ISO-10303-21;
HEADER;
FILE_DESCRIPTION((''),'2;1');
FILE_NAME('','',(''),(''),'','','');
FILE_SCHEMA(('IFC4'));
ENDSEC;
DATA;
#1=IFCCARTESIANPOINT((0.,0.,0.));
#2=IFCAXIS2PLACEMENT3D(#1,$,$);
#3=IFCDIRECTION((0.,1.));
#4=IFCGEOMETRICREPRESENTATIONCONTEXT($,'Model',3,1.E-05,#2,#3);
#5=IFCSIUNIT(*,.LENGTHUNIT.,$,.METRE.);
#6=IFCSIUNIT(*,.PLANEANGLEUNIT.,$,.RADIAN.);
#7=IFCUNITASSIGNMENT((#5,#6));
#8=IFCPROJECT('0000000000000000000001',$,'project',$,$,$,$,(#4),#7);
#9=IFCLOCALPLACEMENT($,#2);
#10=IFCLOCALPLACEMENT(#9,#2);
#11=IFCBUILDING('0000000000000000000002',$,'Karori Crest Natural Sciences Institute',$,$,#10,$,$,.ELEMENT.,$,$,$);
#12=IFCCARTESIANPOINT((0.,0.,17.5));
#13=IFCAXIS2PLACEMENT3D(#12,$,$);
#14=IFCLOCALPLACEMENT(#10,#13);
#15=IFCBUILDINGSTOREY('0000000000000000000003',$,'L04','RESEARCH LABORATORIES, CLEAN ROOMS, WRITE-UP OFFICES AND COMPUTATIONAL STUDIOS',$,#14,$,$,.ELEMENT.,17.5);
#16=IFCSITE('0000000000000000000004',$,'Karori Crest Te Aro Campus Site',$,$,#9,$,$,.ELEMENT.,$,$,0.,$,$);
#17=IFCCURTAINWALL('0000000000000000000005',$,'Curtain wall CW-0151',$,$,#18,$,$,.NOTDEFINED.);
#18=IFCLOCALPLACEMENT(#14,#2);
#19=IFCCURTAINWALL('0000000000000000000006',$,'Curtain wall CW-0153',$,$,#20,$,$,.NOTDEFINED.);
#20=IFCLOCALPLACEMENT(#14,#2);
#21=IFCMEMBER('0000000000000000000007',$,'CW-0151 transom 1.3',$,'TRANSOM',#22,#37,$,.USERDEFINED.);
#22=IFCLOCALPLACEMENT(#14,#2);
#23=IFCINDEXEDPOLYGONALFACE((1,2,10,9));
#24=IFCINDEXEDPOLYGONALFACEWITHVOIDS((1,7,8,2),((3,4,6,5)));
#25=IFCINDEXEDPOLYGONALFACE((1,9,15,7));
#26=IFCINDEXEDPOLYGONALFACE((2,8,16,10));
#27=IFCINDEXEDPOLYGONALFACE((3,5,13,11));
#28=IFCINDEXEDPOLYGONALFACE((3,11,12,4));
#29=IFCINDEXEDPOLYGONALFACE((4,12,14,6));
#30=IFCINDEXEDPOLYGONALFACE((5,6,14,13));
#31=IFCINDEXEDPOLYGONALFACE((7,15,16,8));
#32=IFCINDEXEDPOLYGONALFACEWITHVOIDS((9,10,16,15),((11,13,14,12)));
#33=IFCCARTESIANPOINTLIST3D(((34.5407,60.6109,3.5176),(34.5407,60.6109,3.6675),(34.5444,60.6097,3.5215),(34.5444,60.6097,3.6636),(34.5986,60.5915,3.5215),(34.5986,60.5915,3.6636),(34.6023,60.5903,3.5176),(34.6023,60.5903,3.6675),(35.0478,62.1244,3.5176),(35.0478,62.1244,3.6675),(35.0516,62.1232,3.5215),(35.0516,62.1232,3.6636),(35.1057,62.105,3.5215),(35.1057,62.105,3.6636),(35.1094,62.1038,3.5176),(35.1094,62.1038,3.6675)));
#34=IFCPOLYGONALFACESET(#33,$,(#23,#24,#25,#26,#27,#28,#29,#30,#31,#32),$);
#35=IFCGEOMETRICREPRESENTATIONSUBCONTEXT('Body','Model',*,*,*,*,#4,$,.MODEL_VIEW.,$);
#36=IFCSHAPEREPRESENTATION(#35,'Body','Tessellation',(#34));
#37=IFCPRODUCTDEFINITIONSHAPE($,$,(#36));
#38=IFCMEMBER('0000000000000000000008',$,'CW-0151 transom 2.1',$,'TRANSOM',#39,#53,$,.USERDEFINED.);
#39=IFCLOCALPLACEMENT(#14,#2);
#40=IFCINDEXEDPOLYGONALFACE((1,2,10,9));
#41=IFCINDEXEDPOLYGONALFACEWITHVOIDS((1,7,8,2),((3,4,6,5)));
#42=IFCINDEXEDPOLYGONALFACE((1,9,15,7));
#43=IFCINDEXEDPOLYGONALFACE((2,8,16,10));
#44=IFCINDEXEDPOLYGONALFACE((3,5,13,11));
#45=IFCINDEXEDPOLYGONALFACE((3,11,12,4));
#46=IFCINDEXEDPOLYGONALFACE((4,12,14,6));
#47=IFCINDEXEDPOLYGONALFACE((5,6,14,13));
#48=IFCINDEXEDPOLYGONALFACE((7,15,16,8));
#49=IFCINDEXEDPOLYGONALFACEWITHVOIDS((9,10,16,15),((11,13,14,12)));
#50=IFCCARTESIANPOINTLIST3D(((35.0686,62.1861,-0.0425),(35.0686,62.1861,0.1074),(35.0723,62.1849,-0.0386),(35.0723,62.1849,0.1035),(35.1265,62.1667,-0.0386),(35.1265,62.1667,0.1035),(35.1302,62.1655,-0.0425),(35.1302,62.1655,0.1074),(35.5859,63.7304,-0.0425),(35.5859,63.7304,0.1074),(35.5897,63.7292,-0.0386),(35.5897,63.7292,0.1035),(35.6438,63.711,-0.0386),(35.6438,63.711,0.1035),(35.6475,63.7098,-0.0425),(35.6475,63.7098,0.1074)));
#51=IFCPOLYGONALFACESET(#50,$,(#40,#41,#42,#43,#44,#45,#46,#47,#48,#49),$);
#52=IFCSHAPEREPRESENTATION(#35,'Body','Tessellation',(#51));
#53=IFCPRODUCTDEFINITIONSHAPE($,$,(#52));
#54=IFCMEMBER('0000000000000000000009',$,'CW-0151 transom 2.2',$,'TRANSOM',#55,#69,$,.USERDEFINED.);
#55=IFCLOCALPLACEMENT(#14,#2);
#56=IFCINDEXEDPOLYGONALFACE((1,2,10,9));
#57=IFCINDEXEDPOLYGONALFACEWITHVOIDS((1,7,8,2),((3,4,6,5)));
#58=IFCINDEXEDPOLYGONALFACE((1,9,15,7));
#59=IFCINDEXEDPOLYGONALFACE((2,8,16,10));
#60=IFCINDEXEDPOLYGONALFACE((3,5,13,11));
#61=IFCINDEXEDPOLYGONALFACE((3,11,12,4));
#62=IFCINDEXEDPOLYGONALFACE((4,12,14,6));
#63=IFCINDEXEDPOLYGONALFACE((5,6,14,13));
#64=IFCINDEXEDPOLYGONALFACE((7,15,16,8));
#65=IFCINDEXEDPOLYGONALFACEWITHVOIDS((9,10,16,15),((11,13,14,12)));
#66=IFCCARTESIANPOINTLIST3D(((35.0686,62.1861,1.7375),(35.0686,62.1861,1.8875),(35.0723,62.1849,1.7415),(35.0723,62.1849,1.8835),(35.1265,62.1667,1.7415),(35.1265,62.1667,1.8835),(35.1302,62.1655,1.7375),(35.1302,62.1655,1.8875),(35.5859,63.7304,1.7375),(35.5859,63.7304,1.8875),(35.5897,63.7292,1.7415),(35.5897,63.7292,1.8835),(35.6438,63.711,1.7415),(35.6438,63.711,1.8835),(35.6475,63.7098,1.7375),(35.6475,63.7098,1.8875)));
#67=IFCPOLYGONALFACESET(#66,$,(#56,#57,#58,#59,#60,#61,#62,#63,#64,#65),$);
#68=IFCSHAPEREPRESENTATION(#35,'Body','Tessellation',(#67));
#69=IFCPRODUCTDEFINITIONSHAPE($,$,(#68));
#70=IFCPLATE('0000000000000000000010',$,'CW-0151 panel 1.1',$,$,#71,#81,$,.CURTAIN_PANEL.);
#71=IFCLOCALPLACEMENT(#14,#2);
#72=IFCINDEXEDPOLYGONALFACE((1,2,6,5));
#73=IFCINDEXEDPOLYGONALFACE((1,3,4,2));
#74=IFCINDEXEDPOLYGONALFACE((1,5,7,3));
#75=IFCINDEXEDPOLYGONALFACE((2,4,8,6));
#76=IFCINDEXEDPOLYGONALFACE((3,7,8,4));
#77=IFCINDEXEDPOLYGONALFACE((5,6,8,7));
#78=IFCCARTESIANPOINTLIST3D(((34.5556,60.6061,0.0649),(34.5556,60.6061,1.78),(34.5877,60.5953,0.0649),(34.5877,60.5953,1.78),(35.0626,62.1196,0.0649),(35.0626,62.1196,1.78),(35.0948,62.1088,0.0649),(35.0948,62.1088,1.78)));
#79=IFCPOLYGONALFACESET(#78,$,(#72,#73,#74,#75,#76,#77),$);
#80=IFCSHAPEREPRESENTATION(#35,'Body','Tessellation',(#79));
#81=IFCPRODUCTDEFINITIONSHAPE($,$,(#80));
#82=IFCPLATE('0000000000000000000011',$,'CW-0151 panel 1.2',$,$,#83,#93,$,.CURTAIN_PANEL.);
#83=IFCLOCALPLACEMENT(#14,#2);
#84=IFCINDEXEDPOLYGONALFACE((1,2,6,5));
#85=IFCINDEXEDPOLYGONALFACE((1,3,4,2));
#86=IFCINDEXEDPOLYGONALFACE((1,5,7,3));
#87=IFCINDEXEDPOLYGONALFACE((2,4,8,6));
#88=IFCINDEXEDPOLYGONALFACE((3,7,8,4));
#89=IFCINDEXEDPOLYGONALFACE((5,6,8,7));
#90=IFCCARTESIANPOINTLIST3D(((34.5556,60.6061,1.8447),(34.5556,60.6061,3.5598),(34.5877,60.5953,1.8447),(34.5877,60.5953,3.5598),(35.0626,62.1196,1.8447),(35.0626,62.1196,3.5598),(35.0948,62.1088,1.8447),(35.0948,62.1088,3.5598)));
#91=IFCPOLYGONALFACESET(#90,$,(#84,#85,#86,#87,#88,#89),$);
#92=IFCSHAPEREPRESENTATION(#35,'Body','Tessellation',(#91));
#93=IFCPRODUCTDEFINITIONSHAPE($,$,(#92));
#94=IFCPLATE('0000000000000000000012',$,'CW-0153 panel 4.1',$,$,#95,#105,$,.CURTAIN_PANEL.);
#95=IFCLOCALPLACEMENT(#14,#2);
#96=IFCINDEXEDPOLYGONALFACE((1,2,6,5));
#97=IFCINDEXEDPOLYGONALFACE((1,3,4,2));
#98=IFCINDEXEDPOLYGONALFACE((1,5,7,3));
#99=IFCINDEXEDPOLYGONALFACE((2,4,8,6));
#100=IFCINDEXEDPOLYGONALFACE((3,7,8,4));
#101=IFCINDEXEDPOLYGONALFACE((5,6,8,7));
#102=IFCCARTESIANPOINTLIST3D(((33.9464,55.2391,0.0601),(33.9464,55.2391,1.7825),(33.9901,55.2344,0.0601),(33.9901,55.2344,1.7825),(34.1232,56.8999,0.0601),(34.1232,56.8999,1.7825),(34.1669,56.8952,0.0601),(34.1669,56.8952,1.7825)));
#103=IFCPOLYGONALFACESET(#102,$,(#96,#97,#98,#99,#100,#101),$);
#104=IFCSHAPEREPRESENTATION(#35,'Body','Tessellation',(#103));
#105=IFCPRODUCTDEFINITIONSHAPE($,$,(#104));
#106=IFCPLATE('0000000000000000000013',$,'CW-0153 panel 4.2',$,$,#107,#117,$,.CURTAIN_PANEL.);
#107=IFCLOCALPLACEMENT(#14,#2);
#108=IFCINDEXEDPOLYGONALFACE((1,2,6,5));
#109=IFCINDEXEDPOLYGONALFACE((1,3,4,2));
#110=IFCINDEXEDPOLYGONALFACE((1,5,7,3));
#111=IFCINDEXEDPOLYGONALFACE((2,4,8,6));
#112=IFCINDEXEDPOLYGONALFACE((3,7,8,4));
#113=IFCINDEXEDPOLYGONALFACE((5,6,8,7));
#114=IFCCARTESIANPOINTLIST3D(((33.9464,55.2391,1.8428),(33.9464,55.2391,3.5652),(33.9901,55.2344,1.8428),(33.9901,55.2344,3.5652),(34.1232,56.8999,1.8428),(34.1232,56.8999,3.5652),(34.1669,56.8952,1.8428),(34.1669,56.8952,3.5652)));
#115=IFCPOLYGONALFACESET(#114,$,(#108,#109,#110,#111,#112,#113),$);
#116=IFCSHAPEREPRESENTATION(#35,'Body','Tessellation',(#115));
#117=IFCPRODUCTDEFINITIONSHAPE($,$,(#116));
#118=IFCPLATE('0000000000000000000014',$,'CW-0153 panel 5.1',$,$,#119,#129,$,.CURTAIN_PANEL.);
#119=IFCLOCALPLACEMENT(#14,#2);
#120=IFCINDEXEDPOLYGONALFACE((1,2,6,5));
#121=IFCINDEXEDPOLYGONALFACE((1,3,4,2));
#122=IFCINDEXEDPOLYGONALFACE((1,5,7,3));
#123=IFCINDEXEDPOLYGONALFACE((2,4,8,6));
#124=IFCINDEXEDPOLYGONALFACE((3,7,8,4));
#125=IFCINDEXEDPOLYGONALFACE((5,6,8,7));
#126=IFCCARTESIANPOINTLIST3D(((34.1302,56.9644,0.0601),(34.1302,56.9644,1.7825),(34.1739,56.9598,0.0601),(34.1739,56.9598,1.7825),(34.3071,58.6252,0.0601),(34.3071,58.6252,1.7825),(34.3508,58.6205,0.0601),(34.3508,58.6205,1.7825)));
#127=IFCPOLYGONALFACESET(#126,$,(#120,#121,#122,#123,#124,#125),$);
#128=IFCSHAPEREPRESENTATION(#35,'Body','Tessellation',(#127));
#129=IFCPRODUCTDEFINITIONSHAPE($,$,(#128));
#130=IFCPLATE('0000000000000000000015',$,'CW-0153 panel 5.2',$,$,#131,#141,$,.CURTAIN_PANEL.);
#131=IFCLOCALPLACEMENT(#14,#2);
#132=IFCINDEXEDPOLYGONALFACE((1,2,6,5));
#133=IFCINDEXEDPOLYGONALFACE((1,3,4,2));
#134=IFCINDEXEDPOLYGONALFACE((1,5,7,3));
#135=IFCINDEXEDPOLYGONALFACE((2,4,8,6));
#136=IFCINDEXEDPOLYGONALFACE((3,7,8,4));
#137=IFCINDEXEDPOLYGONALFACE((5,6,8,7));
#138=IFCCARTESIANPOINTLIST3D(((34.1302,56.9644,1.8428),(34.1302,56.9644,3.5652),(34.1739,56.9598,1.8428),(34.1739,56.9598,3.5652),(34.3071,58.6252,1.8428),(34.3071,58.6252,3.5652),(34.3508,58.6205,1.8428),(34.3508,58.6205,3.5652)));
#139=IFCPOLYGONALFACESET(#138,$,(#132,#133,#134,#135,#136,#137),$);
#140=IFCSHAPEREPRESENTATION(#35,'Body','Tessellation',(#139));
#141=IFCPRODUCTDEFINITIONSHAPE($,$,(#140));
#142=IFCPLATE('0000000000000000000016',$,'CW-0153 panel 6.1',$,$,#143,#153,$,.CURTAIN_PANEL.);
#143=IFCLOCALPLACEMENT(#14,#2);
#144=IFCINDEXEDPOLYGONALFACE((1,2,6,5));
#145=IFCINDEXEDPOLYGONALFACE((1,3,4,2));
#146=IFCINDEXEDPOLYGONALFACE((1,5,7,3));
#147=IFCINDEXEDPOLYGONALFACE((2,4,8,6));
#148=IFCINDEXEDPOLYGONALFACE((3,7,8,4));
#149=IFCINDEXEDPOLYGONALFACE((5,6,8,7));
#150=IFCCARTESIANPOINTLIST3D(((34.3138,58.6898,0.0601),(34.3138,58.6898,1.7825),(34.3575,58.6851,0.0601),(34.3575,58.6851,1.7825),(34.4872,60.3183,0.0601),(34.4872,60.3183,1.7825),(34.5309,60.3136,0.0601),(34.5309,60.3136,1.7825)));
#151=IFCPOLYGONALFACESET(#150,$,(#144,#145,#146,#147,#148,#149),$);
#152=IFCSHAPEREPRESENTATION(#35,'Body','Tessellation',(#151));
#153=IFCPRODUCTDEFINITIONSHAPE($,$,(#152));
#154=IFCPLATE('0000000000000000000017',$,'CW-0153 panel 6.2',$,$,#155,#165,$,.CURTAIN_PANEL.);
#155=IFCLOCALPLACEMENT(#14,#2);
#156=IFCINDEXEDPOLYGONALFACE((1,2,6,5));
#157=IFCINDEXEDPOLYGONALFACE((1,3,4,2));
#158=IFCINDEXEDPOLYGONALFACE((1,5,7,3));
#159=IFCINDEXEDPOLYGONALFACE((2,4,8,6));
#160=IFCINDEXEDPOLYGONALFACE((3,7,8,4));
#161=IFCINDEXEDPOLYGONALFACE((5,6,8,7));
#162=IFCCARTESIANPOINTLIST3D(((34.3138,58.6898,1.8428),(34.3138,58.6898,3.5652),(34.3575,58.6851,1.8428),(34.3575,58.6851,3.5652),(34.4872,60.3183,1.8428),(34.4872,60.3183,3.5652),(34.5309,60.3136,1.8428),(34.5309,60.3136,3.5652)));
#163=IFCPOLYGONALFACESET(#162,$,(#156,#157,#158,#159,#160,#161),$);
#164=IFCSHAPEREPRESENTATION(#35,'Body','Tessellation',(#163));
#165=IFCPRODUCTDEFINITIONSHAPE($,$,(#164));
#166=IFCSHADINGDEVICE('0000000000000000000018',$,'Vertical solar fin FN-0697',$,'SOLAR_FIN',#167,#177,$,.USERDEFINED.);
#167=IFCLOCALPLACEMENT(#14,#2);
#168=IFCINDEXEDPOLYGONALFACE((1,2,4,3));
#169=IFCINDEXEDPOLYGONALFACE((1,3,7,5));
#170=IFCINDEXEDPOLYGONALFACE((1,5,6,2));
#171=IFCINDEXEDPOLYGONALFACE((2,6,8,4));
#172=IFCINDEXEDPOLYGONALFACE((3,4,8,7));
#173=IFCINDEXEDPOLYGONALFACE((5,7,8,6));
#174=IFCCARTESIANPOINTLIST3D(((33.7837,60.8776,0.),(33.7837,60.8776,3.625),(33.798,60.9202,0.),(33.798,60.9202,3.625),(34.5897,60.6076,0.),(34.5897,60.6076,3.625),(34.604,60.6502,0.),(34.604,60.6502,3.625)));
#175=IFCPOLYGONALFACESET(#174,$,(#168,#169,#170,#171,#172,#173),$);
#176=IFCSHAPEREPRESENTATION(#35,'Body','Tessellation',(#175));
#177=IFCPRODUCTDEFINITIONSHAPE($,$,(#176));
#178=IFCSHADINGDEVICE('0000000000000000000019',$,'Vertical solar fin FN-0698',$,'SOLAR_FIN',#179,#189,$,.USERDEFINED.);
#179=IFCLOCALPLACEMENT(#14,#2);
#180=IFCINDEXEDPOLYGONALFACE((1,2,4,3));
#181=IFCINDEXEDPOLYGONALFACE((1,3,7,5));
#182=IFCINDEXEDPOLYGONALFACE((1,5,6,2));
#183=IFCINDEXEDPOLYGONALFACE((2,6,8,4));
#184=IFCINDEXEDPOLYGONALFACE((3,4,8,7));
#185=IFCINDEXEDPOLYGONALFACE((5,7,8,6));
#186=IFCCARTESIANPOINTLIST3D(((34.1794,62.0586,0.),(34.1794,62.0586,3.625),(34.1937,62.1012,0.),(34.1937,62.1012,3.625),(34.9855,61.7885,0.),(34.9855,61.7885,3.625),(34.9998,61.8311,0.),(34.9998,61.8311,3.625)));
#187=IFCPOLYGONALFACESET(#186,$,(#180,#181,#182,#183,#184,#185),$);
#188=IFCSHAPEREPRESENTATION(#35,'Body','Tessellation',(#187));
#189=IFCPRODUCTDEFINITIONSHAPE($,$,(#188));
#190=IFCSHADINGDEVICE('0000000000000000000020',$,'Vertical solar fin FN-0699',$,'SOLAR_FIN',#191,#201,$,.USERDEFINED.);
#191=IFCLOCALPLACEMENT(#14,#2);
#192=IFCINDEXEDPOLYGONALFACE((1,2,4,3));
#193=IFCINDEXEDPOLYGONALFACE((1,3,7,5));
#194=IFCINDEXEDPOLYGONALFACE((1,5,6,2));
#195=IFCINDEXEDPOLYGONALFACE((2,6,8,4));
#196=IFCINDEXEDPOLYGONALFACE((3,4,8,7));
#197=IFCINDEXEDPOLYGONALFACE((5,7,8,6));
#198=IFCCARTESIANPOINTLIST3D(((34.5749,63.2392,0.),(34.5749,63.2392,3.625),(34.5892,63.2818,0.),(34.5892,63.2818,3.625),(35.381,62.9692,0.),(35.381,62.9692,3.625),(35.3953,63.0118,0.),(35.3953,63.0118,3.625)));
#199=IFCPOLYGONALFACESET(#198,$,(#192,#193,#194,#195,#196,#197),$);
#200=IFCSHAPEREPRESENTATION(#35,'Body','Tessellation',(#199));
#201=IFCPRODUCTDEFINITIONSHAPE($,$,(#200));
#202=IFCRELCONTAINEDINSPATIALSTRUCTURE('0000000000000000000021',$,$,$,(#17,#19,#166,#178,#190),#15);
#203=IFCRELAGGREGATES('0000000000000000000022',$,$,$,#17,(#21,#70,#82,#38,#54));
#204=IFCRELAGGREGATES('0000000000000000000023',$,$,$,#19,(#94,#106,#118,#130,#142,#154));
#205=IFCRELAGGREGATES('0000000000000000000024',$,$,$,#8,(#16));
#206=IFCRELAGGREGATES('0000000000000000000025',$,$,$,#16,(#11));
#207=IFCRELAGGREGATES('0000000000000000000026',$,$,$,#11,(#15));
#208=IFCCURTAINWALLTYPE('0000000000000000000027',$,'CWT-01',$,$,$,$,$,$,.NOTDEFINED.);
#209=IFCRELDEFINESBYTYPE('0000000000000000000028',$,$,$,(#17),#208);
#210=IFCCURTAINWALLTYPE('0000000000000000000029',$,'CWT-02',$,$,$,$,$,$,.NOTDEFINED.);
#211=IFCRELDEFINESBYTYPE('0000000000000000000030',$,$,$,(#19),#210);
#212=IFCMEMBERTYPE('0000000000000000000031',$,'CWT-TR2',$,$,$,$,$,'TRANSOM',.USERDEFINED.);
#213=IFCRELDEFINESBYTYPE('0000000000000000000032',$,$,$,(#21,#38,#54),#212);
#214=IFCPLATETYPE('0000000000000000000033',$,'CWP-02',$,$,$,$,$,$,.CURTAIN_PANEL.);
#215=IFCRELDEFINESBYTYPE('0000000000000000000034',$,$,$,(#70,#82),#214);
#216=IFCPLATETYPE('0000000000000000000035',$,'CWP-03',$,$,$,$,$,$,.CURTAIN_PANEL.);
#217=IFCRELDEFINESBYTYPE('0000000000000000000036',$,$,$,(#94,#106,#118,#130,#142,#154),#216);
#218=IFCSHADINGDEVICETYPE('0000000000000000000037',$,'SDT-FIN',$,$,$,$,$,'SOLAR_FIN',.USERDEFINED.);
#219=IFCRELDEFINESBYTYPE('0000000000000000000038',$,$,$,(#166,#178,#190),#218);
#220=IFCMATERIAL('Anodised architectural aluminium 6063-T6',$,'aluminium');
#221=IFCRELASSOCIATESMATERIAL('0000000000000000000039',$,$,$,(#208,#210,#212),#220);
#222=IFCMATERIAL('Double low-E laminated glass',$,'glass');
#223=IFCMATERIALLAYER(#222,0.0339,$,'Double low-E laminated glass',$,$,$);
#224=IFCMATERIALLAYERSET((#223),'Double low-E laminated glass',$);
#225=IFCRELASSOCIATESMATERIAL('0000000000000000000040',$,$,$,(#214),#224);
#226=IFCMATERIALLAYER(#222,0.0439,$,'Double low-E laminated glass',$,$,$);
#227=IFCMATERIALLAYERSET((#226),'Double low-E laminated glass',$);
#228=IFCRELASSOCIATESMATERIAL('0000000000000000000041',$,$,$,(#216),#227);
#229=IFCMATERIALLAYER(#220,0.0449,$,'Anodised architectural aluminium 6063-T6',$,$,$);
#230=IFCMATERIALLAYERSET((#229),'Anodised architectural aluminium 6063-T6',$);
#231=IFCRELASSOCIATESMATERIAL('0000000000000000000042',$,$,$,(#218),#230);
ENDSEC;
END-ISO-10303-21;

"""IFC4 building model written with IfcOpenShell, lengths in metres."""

from ifc_helpers import new_model, si_unit, direction, frame, origin, origin_2d, place, context, subcontext, project, spatial, rectangle, hollow_rectangle, extrude, material, layer, layer_set, material_profile, profile_set, type_object, element, aggregate, save


model = new_model("IFC4")

# Units and contexts
model_context = context("Model", 3, precision=1e-05, world=origin(), true_north=direction((0.0, 1.0)))
body_context = subcontext(model_context, "Body", "Model", "MODEL_VIEW")
ifc_project = project(units=[si_unit("LENGTHUNIT", "METRE"), si_unit("PLANEANGLEUNIT", "RADIAN")], contexts=[model_context])

# Site, building, storey
site_placement = place(None, origin())
site = spatial("IfcSite", under=ifc_project, at=site_placement, Name="Karori Crest Te Aro Campus Site", CompositionType="ELEMENT", RefElevation=0.0)
building_placement = place(site_placement, origin())
building = spatial("IfcBuilding", under=site, at=building_placement, Name="Karori Crest Natural Sciences Institute", CompositionType="ELEMENT")
storey_placement = place(building_placement, frame((0.0, 0.0, 17.5)))
storey = spatial("IfcBuildingStorey", under=building, at=storey_placement, Name="L04", Description="RESEARCH LABORATORIES, CLEAN ROOMS, WRITE-UP OFFICES AND COMPUTATIONAL STUDIOS", CompositionType="ELEMENT", Elevation=17.5)

# Curtain walls
ifc_material_1 = material(Name="Anodised architectural aluminium 6063-T6", Category="aluminium")
curtain_wall_type_1 = type_object("IfcCurtainWallType", Name="CWT-01", PredefinedType="NOTDEFINED", material=ifc_material_1)
curtain_wall_1_placement = place(storey_placement, origin())
curtain_wall_1 = element("IfcCurtainWall", 1, at=curtain_wall_1_placement, inside=storey, type_object=curtain_wall_type_1, Name="Curtain wall CW-0151", PredefinedType="NOTDEFINED")
curtain_wall_type_2 = type_object("IfcCurtainWallType", Name="CWT-02", PredefinedType="NOTDEFINED", material=ifc_material_1)
curtain_wall_2_placement = place(storey_placement, origin())
curtain_wall_2 = element("IfcCurtainWall", 2, at=curtain_wall_2_placement, inside=storey, type_object=curtain_wall_type_2, Name="Curtain wall CW-0153", PredefinedType="NOTDEFINED")

# Members
ifc_material_profile_1 = material_profile(ifc_material_1, hollow_rectangle(XDim=0.0649, YDim=0.1499, WallThickness=0.0039, at=origin_2d()), Name="CWT150x65x4")
ifc_profile_set_1 = profile_set([ifc_material_profile_1], Name="Anodised architectural aluminium 6063-T6")
member_type_1 = type_object("IfcMemberType", Name="CWT-TR2", ElementType="TRANSOM", PredefinedType="USERDEFINED", material=ifc_profile_set_1)
member_1_placement = place(storey_placement, frame((34.5715, 60.6006, 3.5925), z_axis=(0.317696, 0.948193, 0.0), x_axis=(-0.948193, 0.317696, 0.0)))
member_1 = element("IfcMember", 3, at=member_1_placement, type_object=member_type_1, Name="CW-0151 transom 1.3", ObjectType="TRANSOM", PredefinedType="USERDEFINED", context=body_context, shape_type="SweptSolid", body=[
    extrude(hollow_rectangle(XDim=0.0649, YDim=0.1499, WallThickness=0.0039, at=origin_2d()), origin(), (0.0, 0.0, 1.0), 1.5962),
])
member_2_placement = place(storey_placement, frame((35.0994, 62.1758, 0.0325), z_axis=(0.317667, 0.948202, 0.0), x_axis=(-0.948202, 0.317667, 0.0)))
member_2 = element("IfcMember", 4, at=member_2_placement, type_object=member_type_1, Name="CW-0151 transom 2.1", ObjectType="TRANSOM", PredefinedType="USERDEFINED", context=body_context, shape_type="SweptSolid", body=[
    extrude(hollow_rectangle(XDim=0.0649, YDim=0.1499, WallThickness=0.0039, at=origin_2d()), origin(), (0.0, 0.0, 1.0), 1.6287),
])
member_3_placement = place(storey_placement, frame((35.0994, 62.1758, 1.8125), z_axis=(0.317667, 0.948202, 0.0), x_axis=(-0.948202, 0.317667, 0.0)))
member_3 = element("IfcMember", 5, at=member_3_placement, type_object=member_type_1, Name="CW-0151 transom 2.2", ObjectType="TRANSOM", PredefinedType="USERDEFINED", context=body_context, shape_type="SweptSolid", body=[
    extrude(hollow_rectangle(XDim=0.0649, YDim=0.1499, WallThickness=0.0039, at=origin_2d()), origin(), (0.0, 0.0, 1.0), 1.6287),
])

# Plates
ifc_material_2 = material(Name="Double low-E laminated glass", Category="glass")
ifc_layer_1 = layer(ifc_material_2, 0.0339, Name="Double low-E laminated glass")
ifc_layer_set_1 = layer_set([ifc_layer_1], Name="Double low-E laminated glass")
plate_type_1 = type_object("IfcPlateType", Name="CWP-02", PredefinedType="CURTAIN_PANEL", material=ifc_layer_set_1)
plate_1_placement = place(storey_placement, frame((34.8252, 61.3574, 0.0649), z_axis=(0.0, 0.0, 1.0), x_axis=(0.31768, 0.948198, 0.0)))
plate_1 = element("IfcPlate", 6, at=plate_1_placement, type_object=plate_type_1, Name="CW-0151 panel 1.1", PredefinedType="CURTAIN_PANEL", context=body_context, shape_type="SweptSolid", body=[
    extrude(rectangle(XDim=1.5962, YDim=0.0339, at=origin_2d()), origin(), (0.0, 0.0, 1.0), 1.7151),
])
plate_2_placement = place(storey_placement, frame((34.8252, 61.3574, 1.8447), z_axis=(0.0, 0.0, 1.0), x_axis=(0.31768, 0.948198, 0.0)))
plate_2 = element("IfcPlate", 7, at=plate_2_placement, type_object=plate_type_1, Name="CW-0151 panel 1.2", PredefinedType="CURTAIN_PANEL", context=body_context, shape_type="SweptSolid", body=[
    extrude(rectangle(XDim=1.5962, YDim=0.0339, at=origin_2d()), origin(), (0.0, 0.0, 1.0), 1.7151),
])
aggregate(curtain_wall_1, [member_1, plate_1, plate_2, member_2, member_3])
ifc_layer_2 = layer(ifc_material_2, 0.0439, Name="Double low-E laminated glass")
ifc_layer_set_2 = layer_set([ifc_layer_2], Name="Double low-E laminated glass")
plate_type_2 = type_object("IfcPlateType", Name="CWP-03", PredefinedType="CURTAIN_PANEL", material=ifc_layer_set_2)
plate_3_placement = place(storey_placement, frame((34.0566, 56.0671, 0.0601), z_axis=(0.0, 0.0, 1.0), x_axis=(0.105886, 0.994378, 0.0)))
plate_3 = element("IfcPlate", 8, at=plate_3_placement, type_object=plate_type_2, Name="CW-0153 panel 4.1", PredefinedType="CURTAIN_PANEL", context=body_context, shape_type="SweptSolid", body=[
    extrude(rectangle(XDim=1.6702, YDim=0.0439, at=origin_2d()), origin(), (0.0, 0.0, 1.0), 1.7224),
])
plate_4_placement = place(storey_placement, frame((34.0566, 56.0671, 1.8428), z_axis=(0.0, 0.0, 1.0), x_axis=(0.105886, 0.994378, 0.0)))
plate_4 = element("IfcPlate", 9, at=plate_4_placement, type_object=plate_type_2, Name="CW-0153 panel 4.2", PredefinedType="CURTAIN_PANEL", context=body_context, shape_type="SweptSolid", body=[
    extrude(rectangle(XDim=1.6702, YDim=0.0439, at=origin_2d()), origin(), (0.0, 0.0, 1.0), 1.7224),
])
plate_5_placement = place(storey_placement, frame((34.2405, 57.7925, 0.0601), z_axis=(0.0, 0.0, 1.0), x_axis=(0.105886, 0.994378, 0.0)))
plate_5 = element("IfcPlate", 10, at=plate_5_placement, type_object=plate_type_2, Name="CW-0153 panel 5.1", PredefinedType="CURTAIN_PANEL", context=body_context, shape_type="SweptSolid", body=[
    extrude(rectangle(XDim=1.6702, YDim=0.0439, at=origin_2d()), origin(), (0.0, 0.0, 1.0), 1.7224),
])
plate_6_placement = place(storey_placement, frame((34.2405, 57.7925, 1.8428), z_axis=(0.0, 0.0, 1.0), x_axis=(0.105886, 0.994378, 0.0)))
plate_6 = element("IfcPlate", 11, at=plate_6_placement, type_object=plate_type_2, Name="CW-0153 panel 5.2", PredefinedType="CURTAIN_PANEL", context=body_context, shape_type="SweptSolid", body=[
    extrude(rectangle(XDim=1.6702, YDim=0.0439, at=origin_2d()), origin(), (0.0, 0.0, 1.0), 1.7224),
])
plate_7_placement = place(storey_placement, frame((34.4224, 59.5017, 0.0601), z_axis=(0.0, 0.0, 1.0), x_axis=(0.105886, 0.994378, 0.0)))
plate_7 = element("IfcPlate", 12, at=plate_7_placement, type_object=plate_type_2, Name="CW-0153 panel 6.1", PredefinedType="CURTAIN_PANEL", context=body_context, shape_type="SweptSolid", body=[
    extrude(rectangle(XDim=1.6377, YDim=0.0439, at=origin_2d()), origin(), (0.0, 0.0, 1.0), 1.7224),
])
plate_8_placement = place(storey_placement, frame((34.4224, 59.5017, 1.8428), z_axis=(0.0, 0.0, 1.0), x_axis=(0.105886, 0.994378, 0.0)))
plate_8 = element("IfcPlate", 13, at=plate_8_placement, type_object=plate_type_2, Name="CW-0153 panel 6.2", PredefinedType="CURTAIN_PANEL", context=body_context, shape_type="SweptSolid", body=[
    extrude(rectangle(XDim=1.6377, YDim=0.0439, at=origin_2d()), origin(), (0.0, 0.0, 1.0), 1.7224),
])
aggregate(curtain_wall_2, [plate_3, plate_4, plate_5, plate_6, plate_7, plate_8])

# Shading devices
ifc_layer_3 = layer(ifc_material_1, 0.0449, Name="Anodised architectural aluminium 6063-T6")
ifc_layer_set_3 = layer_set([ifc_layer_3], Name="Anodised architectural aluminium 6063-T6")
shading_device_type = type_object("IfcShadingDeviceType", Name="SDT-FIN", ElementType="SOLAR_FIN", PredefinedType="USERDEFINED", material=ifc_layer_set_3)
for number, where, z_axis, x_axis, name in (
    (14, (34.1938, 60.7639, 0.0), (0.0, 0.0, 1.0), (-0.948198, 0.31768, 0.0), "Vertical solar fin FN-0697"),
    (15, (34.5896, 61.9448, 0.0), (0.0, 0.0, 1.0), (-0.948198, 0.31768, 0.0), "Vertical solar fin FN-0698"),
    (16, (34.9851, 63.1255, 0.0), (0.0, 0.0, 1.0), (-0.948198, 0.31768, 0.0), "Vertical solar fin FN-0699"),
):
    element("IfcShadingDevice", number, at=place(storey_placement, frame(where, z_axis=z_axis, x_axis=x_axis)), inside=storey, type_object=shading_device_type, Name=name, ObjectType="SOLAR_FIN", PredefinedType="USERDEFINED", context=body_context, shape_type="SweptSolid", body=[
        extrude(rectangle(XDim=0.8501, YDim=0.0449, at=origin_2d()), origin(), (0.0, 0.0, 1.0), 3.625),
    ])

save(model, "model.ifc")
